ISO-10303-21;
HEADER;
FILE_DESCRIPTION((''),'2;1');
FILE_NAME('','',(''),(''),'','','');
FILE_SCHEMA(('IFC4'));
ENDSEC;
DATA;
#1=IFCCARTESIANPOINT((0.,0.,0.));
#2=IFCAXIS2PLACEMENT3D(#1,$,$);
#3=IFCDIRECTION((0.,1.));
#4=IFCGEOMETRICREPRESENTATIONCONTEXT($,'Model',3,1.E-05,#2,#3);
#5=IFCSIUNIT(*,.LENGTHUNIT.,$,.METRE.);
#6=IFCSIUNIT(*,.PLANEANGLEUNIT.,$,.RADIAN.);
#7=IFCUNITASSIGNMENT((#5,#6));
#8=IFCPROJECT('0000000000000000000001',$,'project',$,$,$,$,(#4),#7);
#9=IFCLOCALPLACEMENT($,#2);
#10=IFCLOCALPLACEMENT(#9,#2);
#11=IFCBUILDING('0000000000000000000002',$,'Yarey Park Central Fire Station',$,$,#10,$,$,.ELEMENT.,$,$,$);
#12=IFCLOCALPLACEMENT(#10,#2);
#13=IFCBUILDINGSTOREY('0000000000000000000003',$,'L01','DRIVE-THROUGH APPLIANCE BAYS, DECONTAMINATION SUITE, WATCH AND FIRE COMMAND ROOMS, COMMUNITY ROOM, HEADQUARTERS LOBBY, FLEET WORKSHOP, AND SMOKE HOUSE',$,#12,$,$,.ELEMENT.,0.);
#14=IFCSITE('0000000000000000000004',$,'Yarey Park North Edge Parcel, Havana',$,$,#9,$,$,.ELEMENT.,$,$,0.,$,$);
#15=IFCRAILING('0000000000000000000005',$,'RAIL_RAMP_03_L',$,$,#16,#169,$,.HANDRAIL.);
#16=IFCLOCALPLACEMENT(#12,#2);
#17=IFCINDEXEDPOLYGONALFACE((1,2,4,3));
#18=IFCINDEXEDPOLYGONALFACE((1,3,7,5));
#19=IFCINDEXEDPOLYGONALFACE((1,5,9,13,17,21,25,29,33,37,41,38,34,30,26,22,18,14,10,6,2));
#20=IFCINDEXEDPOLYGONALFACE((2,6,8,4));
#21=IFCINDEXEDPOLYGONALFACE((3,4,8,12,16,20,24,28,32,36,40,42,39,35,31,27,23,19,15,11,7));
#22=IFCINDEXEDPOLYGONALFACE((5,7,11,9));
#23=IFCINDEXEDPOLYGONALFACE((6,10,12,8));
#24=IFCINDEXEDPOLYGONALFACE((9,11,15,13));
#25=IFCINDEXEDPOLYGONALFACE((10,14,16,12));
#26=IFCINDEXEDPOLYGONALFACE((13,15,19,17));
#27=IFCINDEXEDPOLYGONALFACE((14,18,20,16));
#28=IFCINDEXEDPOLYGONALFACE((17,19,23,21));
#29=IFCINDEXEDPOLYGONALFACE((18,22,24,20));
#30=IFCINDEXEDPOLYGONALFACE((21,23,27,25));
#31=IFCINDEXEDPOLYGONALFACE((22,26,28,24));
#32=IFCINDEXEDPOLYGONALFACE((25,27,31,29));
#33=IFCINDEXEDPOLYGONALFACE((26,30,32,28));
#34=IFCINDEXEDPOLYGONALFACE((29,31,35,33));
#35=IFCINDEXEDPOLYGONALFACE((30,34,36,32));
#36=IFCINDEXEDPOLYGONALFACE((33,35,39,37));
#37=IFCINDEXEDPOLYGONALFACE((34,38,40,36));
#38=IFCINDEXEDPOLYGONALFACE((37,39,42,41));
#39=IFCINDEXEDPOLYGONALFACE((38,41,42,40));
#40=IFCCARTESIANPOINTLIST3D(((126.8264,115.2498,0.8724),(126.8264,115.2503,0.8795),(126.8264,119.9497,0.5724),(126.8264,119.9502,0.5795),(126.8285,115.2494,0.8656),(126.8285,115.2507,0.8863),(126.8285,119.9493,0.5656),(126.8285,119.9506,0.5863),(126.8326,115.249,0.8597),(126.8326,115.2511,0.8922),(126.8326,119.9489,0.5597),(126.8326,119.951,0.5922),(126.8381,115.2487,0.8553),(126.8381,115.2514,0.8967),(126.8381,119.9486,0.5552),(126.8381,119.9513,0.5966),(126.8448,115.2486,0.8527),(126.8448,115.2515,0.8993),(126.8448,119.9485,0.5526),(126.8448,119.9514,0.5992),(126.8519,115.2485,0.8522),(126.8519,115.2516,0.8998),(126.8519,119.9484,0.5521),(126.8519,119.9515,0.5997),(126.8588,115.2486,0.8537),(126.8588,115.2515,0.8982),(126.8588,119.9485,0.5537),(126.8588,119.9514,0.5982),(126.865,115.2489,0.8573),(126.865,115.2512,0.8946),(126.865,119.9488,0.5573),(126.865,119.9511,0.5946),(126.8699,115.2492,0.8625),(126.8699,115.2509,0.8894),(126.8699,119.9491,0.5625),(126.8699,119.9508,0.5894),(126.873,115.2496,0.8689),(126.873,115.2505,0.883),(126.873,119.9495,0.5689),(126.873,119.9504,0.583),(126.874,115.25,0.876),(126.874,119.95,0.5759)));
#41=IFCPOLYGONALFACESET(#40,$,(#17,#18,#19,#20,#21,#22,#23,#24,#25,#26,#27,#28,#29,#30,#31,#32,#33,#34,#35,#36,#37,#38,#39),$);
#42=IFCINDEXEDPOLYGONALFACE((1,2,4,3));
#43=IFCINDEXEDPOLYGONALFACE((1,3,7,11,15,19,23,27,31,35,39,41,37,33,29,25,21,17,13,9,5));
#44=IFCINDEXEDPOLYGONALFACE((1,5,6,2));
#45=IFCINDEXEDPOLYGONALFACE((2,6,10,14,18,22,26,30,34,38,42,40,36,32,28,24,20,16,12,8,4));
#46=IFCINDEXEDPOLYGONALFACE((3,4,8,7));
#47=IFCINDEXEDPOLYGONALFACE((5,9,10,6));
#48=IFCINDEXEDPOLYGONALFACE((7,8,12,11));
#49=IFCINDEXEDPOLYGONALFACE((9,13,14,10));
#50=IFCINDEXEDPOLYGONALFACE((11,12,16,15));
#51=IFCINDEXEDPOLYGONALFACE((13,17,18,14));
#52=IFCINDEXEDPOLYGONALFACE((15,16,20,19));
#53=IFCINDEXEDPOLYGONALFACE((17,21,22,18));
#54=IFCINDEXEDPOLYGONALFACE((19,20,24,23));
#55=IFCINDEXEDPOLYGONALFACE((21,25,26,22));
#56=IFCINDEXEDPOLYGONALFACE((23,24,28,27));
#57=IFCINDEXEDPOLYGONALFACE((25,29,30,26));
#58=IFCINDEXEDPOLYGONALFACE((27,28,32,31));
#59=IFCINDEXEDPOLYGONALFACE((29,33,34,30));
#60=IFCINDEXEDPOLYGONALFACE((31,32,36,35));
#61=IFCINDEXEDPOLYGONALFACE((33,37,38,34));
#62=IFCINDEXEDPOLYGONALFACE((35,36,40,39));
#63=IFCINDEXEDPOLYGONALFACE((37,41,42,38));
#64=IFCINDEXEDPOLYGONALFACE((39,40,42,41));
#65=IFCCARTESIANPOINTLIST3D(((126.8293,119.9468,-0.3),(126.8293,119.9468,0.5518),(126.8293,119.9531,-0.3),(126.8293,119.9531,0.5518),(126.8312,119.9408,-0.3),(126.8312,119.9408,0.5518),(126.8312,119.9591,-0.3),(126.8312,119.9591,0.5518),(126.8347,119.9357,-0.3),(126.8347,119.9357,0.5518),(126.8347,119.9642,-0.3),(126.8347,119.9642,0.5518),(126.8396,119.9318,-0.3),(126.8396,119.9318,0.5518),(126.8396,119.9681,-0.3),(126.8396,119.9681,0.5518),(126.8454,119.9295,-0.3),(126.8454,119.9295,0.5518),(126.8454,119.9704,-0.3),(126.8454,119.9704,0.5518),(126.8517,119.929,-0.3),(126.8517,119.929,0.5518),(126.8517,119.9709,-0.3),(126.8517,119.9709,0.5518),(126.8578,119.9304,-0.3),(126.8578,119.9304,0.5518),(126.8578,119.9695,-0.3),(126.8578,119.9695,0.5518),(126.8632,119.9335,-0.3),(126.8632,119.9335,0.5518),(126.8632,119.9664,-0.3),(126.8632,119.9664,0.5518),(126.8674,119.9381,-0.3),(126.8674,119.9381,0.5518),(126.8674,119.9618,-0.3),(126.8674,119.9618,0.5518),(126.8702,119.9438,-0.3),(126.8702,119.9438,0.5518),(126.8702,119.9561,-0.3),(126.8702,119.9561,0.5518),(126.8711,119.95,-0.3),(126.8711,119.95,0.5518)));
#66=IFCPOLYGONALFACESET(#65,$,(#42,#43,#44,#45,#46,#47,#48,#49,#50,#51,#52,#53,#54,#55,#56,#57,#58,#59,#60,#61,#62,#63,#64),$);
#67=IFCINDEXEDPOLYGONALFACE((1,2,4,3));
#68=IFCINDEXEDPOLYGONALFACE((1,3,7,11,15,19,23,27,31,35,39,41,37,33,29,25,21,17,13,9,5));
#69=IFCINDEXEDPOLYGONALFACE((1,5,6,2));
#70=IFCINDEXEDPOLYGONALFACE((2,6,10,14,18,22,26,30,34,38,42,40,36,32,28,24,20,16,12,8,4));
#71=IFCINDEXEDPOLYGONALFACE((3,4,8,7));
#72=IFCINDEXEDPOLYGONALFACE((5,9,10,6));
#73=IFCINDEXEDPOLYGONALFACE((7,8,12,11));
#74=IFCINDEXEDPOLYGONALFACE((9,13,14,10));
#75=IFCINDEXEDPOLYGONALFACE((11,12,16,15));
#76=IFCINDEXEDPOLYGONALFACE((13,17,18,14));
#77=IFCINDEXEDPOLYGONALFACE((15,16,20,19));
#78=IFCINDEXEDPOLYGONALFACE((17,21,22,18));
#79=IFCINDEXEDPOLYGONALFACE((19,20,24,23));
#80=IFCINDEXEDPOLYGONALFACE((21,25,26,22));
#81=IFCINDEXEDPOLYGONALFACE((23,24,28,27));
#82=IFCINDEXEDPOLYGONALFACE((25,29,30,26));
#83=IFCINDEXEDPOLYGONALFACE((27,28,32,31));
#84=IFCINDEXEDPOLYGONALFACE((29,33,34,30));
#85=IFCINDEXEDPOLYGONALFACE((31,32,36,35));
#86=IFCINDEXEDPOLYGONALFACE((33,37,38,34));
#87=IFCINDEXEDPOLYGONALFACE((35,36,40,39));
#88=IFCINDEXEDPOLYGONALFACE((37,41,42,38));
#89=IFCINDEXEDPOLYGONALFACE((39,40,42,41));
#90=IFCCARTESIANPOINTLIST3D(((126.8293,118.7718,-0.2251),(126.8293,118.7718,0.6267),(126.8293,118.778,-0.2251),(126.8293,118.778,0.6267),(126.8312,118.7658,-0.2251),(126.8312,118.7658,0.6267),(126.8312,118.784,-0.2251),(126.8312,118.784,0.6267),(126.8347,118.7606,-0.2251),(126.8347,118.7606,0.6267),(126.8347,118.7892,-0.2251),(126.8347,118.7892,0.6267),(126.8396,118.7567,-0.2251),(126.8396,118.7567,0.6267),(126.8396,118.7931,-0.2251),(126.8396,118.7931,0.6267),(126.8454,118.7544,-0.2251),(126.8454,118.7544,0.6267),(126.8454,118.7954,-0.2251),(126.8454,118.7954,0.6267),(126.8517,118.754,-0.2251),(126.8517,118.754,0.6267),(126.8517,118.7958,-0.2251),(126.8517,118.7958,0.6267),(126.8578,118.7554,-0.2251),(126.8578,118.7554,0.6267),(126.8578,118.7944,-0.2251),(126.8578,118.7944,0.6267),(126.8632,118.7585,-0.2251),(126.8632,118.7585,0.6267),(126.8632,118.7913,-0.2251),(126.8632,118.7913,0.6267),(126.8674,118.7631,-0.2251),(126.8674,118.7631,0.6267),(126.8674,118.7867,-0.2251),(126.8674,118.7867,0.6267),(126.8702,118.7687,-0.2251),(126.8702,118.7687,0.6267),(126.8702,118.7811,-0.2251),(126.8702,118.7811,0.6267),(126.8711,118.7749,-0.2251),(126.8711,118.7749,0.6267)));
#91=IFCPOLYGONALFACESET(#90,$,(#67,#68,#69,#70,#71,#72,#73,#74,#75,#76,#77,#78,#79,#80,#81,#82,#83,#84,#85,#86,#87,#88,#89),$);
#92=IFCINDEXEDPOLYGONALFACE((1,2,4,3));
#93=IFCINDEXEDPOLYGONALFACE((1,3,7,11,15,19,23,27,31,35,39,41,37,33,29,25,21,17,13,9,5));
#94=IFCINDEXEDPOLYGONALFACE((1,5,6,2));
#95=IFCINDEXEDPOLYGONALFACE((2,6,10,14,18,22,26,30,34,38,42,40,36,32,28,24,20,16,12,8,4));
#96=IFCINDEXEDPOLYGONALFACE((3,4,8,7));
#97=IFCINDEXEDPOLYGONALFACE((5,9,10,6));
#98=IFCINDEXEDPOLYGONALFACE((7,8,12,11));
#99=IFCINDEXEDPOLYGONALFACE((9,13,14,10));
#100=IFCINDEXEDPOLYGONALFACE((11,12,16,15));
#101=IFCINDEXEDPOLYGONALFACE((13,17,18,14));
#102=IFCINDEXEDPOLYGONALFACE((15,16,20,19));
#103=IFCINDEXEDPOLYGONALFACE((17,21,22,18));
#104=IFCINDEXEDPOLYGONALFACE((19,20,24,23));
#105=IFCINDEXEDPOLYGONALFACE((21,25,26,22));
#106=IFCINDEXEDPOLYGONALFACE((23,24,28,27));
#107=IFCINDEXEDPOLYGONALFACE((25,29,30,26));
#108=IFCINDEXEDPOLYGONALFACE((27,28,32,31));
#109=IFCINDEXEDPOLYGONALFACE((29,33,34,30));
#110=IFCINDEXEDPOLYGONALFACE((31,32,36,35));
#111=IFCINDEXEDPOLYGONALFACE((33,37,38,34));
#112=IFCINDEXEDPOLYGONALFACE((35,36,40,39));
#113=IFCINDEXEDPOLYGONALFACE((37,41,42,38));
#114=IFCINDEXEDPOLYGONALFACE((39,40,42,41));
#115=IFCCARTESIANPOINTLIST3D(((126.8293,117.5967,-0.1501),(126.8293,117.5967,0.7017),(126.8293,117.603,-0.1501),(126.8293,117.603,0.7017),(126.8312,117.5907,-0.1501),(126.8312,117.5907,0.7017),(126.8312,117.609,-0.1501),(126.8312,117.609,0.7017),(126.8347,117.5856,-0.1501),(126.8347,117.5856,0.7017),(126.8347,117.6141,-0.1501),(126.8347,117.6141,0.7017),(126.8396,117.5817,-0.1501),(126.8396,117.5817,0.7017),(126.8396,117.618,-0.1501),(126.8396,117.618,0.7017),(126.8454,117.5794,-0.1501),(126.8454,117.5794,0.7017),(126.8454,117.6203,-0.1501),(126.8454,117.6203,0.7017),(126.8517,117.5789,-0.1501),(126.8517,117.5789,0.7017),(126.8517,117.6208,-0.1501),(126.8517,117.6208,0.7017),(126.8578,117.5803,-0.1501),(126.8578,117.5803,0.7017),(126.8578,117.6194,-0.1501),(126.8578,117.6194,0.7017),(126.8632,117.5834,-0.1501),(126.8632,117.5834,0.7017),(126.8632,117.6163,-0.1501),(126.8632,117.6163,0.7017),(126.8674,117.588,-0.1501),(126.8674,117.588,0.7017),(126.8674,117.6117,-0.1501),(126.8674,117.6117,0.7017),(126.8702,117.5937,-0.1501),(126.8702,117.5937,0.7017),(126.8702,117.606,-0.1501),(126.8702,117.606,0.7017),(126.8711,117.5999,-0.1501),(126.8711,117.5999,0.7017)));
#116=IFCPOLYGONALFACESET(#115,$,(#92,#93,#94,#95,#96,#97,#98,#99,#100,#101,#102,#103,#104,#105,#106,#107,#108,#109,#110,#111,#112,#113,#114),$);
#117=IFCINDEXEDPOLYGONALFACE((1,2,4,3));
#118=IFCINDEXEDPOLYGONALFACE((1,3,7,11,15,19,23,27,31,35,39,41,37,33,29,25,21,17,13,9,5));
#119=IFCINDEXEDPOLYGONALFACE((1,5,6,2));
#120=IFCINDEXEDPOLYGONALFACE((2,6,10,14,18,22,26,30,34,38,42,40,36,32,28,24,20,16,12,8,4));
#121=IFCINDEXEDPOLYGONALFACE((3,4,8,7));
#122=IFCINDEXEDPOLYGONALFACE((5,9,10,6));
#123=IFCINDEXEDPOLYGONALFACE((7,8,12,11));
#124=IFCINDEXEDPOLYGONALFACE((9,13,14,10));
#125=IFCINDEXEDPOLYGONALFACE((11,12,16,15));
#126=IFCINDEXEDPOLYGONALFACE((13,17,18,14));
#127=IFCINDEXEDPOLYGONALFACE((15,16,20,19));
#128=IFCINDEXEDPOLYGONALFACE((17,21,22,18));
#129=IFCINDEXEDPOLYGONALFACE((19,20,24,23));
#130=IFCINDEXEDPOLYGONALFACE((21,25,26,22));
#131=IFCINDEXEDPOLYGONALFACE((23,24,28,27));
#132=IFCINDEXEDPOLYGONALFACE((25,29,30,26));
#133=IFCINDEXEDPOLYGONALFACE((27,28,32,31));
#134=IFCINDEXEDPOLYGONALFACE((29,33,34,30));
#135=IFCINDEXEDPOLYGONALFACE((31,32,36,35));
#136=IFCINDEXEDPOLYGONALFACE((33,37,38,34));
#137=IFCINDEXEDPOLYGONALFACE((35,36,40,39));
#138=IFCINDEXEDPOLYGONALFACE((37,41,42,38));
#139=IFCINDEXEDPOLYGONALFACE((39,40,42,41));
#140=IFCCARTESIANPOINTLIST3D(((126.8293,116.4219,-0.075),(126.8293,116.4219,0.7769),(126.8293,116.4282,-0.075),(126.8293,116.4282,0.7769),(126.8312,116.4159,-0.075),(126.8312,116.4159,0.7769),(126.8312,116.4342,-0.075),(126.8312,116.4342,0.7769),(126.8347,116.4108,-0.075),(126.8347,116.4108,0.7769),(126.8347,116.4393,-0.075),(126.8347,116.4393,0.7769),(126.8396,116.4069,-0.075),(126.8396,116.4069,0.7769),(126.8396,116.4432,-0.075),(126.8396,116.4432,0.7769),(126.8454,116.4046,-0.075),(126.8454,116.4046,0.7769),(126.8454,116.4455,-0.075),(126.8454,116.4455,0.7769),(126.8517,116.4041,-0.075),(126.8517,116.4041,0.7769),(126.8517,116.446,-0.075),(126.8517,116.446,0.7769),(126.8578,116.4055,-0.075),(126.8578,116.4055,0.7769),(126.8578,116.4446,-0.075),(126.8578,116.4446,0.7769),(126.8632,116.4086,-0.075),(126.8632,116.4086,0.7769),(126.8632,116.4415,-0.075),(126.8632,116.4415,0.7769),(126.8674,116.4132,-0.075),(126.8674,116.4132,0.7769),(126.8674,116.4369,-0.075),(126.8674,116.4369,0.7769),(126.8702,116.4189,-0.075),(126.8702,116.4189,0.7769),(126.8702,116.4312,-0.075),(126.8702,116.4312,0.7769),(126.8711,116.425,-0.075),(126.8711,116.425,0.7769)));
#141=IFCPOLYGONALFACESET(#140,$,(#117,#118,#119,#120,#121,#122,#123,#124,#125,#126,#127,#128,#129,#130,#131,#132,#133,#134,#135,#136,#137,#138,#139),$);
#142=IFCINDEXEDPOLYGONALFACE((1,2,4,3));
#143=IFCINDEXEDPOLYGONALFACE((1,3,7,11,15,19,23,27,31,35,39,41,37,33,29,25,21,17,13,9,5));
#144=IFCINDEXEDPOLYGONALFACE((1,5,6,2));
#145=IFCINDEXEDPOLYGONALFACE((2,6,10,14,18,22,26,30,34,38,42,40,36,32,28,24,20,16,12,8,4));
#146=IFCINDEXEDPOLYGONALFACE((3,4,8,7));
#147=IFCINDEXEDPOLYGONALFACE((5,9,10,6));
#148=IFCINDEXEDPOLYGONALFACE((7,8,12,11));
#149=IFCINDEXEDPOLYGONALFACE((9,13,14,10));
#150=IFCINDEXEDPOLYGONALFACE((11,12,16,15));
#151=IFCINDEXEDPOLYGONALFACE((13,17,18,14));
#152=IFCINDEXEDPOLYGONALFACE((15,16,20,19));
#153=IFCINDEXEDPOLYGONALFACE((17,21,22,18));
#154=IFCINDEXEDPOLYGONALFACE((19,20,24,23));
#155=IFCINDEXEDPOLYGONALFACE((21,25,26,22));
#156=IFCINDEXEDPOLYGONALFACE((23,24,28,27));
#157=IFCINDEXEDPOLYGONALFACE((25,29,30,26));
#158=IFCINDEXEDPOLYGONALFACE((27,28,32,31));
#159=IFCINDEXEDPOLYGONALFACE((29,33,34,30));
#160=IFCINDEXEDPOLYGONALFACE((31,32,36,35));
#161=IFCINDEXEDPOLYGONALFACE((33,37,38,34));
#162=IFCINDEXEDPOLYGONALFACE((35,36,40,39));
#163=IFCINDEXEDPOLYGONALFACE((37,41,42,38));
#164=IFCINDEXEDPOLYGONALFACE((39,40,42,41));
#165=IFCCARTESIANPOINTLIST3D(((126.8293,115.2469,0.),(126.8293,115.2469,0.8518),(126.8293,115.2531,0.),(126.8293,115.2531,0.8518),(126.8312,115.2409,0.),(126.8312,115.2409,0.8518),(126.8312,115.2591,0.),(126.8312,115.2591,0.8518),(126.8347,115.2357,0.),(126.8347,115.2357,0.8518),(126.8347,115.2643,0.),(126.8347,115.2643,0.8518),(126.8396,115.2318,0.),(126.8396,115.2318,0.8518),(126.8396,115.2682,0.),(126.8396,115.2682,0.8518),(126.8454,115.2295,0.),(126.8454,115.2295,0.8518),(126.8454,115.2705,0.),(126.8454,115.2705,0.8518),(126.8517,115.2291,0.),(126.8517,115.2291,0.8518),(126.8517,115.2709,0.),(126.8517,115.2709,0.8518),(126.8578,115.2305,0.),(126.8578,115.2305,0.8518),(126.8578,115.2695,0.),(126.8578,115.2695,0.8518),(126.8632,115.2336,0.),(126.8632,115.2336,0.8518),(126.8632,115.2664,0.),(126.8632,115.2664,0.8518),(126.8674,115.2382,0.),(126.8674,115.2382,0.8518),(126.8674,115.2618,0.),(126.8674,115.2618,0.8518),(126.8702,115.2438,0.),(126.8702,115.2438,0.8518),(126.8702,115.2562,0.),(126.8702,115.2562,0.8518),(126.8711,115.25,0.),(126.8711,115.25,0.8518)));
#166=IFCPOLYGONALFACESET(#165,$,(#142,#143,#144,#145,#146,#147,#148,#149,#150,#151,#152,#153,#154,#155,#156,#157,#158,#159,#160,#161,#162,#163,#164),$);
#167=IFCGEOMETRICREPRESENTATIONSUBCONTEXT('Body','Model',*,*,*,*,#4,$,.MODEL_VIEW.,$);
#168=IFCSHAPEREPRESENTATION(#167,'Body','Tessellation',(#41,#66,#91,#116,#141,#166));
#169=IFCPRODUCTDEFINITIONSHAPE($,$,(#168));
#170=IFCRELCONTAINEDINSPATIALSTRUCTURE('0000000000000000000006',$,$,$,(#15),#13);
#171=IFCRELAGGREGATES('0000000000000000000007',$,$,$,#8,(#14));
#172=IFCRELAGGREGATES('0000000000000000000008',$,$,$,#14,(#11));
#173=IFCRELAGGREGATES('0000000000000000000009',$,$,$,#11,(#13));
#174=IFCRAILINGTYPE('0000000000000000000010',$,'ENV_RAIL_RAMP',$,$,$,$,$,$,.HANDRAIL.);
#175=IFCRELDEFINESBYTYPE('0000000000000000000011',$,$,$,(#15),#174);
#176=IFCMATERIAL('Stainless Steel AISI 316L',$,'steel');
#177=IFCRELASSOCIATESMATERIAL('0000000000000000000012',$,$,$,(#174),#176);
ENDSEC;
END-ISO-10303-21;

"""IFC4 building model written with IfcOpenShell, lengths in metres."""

from ifc_helpers import new_model, si_unit, direction, frame, origin, origin_2d, place, context, subcontext, project, spatial, circle, extrude, material, type_object, element, save


model = new_model("IFC4")

# Units and contexts
model_context = context("Model", 3, precision=1e-05, world=origin(), true_north=direction((0.0, 1.0)))
body_context = subcontext(model_context, "Body", "Model", "MODEL_VIEW")
ifc_project = project(units=[si_unit("LENGTHUNIT", "METRE"), si_unit("PLANEANGLEUNIT", "RADIAN")], contexts=[model_context])

# Site, building, storey
site_placement = place(None, origin())
site = spatial("IfcSite", under=ifc_project, at=site_placement, Name="Yarey Park North Edge Parcel, Havana", CompositionType="ELEMENT", RefElevation=0.0)
building_placement = place(site_placement, origin())
building = spatial("IfcBuilding", under=site, at=building_placement, Name="Yarey Park Central Fire Station", CompositionType="ELEMENT")
storey_placement = place(building_placement, origin())
storey = spatial("IfcBuildingStorey", under=building, at=storey_placement, Name="L01", Description="DRIVE-THROUGH APPLIANCE BAYS, DECONTAMINATION SUITE, WATCH AND FIRE COMMAND ROOMS, COMMUNITY ROOM, HEADQUARTERS LOBBY, FLEET WORKSHOP, AND SMOKE HOUSE", CompositionType="ELEMENT", Elevation=0.0)

# Railing
ifc_material_1 = material(Name="Stainless Steel AISI 316L", Category="steel")
railing_type = type_object("IfcRailingType", Name="ENV_RAIL_RAMP", PredefinedType="HANDRAIL", material=ifc_material_1)
for number, where, name in (
    (1, (126.8501, 119.95, -0.3), "RAIL_RAMP_03_L"),
):
    element("IfcRailing", number, at=place(storey_placement, frame(where)), inside=storey, type_object=railing_type, Name=name, PredefinedType="HANDRAIL", context=body_context, shape_type="SweptSolid", body=[
        extrude(circle(Radius=0.0239, at=origin_2d()), frame((0.0, 0.0, 0.876), z_axis=(0.0, -0.997968, 0.063711), x_axis=(1.0, 0.0, 0.0)), (0.0, 0.0, 1.0), 4.7095),
        extrude(circle(Radius=0.021, at=origin_2d()), origin(), (0.0, 0.0, 1.0), 0.8518),
        extrude(circle(Radius=0.021, at=origin_2d()), frame((0.0, -1.175, 0.075)), (0.0, 0.0, 1.0), 0.8518),
        extrude(circle(Radius=0.021, at=origin_2d()), frame((0.0, -2.3501, 0.1499)), (0.0, 0.0, 1.0), 0.8518),
        extrude(circle(Radius=0.021, at=origin_2d()), frame((0.0, -3.5249, 0.2251)), (0.0, 0.0, 1.0), 0.8518),
        extrude(circle(Radius=0.021, at=origin_2d()), frame((0.0, -4.7, 0.3)), (0.0, 0.0, 1.0), 0.8518),
    ])

save(model, "model.ifc")
